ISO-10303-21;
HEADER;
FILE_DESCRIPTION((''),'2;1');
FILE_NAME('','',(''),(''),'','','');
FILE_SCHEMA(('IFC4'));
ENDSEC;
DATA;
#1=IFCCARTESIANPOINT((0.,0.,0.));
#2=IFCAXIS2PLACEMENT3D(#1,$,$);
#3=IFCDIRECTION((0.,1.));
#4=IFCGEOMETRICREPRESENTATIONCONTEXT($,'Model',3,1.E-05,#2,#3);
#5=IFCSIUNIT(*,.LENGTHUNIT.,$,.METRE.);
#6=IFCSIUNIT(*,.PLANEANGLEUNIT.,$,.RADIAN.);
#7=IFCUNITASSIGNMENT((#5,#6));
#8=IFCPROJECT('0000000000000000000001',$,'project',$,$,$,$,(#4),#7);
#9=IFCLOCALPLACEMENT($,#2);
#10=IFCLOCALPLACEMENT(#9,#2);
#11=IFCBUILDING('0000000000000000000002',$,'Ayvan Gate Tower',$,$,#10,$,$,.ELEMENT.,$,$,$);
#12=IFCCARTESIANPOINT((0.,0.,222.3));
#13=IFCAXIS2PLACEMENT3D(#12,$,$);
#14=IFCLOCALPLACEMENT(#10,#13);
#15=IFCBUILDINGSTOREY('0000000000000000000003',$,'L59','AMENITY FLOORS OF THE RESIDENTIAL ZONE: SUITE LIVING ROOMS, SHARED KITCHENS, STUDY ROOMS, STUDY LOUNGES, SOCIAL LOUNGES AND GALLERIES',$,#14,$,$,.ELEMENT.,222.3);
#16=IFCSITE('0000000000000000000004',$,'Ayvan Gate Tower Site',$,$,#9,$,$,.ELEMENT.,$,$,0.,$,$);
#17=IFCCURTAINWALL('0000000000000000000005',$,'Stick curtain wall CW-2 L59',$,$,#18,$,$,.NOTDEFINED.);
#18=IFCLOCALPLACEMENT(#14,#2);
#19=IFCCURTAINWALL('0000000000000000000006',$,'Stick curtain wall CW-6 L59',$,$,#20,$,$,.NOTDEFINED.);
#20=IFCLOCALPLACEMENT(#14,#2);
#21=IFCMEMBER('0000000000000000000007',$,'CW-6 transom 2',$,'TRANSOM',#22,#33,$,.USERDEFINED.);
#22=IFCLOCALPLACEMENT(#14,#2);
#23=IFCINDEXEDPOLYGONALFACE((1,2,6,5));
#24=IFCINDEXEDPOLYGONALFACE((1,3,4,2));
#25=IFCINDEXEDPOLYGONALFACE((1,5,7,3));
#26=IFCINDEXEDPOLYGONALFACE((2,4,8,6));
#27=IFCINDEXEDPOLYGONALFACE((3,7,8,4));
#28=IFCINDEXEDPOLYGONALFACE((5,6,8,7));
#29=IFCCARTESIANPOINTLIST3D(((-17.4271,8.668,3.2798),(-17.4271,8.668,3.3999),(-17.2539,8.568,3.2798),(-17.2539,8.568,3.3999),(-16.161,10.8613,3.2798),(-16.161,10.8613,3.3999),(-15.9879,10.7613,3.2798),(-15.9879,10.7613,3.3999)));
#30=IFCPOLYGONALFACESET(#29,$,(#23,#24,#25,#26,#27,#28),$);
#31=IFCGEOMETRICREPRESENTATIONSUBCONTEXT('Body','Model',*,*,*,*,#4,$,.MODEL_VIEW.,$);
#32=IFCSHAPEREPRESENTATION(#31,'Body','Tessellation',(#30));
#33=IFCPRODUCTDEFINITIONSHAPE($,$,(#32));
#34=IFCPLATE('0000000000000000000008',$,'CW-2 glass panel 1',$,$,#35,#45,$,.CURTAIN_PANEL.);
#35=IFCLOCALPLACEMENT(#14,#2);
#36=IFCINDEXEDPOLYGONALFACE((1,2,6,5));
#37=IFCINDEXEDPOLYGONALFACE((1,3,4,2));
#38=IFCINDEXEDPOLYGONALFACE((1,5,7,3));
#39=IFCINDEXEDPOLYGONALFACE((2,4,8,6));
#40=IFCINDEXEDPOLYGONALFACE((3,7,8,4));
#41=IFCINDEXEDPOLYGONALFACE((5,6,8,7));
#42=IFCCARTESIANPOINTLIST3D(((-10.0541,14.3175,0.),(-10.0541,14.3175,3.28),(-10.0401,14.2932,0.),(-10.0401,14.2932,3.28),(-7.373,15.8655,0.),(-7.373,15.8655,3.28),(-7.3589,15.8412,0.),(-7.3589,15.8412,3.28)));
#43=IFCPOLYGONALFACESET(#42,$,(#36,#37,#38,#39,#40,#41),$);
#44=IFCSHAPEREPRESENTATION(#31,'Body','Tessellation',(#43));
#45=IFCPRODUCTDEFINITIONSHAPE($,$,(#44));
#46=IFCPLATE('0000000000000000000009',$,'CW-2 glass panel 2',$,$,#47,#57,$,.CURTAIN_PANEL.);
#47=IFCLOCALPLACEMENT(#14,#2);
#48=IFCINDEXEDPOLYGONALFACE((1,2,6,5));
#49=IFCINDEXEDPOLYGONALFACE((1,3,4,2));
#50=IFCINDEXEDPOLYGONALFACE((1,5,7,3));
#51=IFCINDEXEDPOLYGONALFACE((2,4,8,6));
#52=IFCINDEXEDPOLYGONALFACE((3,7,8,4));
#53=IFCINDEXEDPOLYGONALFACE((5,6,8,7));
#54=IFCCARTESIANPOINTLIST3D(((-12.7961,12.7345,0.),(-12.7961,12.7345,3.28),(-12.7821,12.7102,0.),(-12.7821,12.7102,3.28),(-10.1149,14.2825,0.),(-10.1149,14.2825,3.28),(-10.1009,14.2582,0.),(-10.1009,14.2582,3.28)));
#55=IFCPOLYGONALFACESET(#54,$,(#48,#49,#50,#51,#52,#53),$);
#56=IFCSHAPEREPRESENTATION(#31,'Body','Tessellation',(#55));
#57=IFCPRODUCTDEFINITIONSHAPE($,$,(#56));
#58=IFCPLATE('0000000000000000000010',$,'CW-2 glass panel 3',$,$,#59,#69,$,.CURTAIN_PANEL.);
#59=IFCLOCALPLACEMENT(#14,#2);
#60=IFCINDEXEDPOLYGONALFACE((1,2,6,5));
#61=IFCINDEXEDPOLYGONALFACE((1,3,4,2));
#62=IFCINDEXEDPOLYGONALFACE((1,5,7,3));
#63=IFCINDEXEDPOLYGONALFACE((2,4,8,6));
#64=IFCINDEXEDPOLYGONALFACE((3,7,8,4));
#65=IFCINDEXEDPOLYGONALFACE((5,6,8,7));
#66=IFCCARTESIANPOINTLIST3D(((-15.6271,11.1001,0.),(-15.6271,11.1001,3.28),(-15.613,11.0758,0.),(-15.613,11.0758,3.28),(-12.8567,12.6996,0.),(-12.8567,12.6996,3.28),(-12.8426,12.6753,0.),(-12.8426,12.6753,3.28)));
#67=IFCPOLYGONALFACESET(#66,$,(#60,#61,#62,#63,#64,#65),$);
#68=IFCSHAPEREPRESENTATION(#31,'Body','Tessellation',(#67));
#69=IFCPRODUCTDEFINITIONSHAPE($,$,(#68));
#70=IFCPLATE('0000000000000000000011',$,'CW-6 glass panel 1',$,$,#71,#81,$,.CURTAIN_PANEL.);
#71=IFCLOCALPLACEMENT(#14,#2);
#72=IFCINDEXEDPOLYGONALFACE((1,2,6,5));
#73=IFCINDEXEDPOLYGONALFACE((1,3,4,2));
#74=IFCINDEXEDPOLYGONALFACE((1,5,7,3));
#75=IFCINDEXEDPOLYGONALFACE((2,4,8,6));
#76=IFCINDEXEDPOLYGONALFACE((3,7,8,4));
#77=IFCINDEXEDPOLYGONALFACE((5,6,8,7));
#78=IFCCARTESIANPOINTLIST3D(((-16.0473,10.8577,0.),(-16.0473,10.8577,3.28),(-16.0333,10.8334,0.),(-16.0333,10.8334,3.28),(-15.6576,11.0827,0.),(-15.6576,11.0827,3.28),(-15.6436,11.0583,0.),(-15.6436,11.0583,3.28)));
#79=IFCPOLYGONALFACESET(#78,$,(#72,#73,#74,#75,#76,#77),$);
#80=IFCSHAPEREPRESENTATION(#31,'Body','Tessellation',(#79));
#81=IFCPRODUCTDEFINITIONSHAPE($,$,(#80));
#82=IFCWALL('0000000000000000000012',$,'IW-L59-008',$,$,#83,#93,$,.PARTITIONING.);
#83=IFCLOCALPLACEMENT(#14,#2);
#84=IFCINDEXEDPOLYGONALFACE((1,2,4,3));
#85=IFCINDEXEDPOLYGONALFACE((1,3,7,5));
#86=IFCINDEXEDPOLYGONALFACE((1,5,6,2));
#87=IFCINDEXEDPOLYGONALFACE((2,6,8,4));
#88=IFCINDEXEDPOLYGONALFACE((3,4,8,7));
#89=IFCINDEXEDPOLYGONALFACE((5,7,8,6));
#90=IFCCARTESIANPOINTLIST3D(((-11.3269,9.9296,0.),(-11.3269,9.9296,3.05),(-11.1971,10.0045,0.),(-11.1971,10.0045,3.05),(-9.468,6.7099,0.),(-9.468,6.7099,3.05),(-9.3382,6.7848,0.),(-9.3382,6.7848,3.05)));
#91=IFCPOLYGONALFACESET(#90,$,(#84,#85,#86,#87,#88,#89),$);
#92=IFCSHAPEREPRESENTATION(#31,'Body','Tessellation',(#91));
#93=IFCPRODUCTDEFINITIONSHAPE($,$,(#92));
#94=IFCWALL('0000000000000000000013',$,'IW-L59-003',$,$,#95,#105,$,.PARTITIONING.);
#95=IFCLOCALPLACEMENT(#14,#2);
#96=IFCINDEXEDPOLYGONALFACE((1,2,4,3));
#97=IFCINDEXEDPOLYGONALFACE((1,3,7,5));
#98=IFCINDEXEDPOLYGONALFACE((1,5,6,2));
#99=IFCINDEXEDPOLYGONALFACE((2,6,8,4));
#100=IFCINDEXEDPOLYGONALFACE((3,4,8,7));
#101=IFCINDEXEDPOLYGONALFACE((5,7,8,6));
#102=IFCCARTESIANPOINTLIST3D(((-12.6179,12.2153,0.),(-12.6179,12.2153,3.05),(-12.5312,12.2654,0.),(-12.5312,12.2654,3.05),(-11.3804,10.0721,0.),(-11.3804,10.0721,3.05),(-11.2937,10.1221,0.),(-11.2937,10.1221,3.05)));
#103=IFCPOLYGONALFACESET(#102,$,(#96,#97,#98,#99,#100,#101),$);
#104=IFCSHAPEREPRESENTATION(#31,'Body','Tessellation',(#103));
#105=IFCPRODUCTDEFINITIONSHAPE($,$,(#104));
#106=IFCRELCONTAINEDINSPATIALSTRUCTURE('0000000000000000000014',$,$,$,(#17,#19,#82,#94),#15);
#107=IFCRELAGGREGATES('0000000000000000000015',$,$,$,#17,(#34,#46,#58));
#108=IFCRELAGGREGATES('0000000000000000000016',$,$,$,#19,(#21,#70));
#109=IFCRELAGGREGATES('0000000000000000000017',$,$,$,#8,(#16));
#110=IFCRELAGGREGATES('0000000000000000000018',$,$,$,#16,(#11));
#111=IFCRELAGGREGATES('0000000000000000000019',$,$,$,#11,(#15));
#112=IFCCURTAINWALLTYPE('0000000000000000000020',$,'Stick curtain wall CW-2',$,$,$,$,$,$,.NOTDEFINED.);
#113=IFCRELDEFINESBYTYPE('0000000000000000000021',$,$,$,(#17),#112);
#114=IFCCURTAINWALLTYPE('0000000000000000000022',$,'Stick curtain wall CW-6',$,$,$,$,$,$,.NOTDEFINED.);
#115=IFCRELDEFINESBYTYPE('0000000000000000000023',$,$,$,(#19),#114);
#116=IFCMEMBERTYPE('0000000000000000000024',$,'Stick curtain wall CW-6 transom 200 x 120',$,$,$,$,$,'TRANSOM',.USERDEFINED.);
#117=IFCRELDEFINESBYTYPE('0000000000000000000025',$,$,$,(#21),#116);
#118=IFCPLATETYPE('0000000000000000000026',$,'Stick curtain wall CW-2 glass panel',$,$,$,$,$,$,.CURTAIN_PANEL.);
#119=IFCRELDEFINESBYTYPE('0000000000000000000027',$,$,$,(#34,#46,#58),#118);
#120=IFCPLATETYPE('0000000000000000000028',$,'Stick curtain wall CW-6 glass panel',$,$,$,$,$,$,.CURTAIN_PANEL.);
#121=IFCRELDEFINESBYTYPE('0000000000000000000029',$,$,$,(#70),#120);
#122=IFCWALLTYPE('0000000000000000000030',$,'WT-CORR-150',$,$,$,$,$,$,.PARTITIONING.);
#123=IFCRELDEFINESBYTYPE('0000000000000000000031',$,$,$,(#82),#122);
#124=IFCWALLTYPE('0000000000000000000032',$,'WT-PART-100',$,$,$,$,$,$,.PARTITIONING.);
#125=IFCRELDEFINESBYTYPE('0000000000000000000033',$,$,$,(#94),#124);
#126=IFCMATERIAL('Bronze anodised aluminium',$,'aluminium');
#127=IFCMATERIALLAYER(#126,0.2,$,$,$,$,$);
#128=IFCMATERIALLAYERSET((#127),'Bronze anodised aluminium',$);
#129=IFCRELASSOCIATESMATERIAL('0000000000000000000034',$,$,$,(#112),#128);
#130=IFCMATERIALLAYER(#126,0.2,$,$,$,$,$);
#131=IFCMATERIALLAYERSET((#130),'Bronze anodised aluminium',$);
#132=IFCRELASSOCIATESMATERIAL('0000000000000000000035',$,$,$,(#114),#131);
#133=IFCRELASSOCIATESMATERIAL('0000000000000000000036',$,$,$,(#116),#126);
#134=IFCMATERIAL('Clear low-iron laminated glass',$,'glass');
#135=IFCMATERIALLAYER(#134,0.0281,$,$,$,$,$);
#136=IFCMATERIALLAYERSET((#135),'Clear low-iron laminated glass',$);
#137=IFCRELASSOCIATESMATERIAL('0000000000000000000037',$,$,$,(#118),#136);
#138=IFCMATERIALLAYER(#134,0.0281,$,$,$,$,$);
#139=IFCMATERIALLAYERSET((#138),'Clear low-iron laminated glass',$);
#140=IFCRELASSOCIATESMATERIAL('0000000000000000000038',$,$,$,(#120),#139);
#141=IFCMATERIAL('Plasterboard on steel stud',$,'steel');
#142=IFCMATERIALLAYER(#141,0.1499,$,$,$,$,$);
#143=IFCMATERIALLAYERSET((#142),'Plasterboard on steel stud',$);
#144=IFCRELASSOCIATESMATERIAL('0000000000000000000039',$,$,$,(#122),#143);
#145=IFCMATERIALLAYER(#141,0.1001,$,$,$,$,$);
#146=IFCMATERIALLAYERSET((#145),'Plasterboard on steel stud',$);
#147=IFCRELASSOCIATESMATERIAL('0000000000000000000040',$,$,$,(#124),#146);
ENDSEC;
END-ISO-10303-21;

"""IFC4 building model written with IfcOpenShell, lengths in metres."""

from ifc_helpers import new_model, si_unit, direction, frame, frame_2d, origin, origin_2d, place, context, subcontext, project, spatial, rectangle, extrude, material, layer, layer_set, material_profile, profile_set, type_object, element, aggregate, save


model = new_model("IFC4")

# Units and contexts
model_context = context("Model", 3, precision=1e-05, world=origin(), true_north=direction((0.0, 1.0)))
body_context = subcontext(model_context, "Body", "Model", "MODEL_VIEW")
ifc_project = project(units=[si_unit("LENGTHUNIT", "METRE"), si_unit("PLANEANGLEUNIT", "RADIAN")], contexts=[model_context])

# Site, building, storey
site_placement = place(None, origin())
site = spatial("IfcSite", under=ifc_project, at=site_placement, Name="Ayvan Gate Tower Site", CompositionType="ELEMENT", RefElevation=0.0)
building_placement = place(site_placement, origin())
building = spatial("IfcBuilding", under=site, at=building_placement, Name="Ayvan Gate Tower", CompositionType="ELEMENT")
storey_placement = place(building_placement, frame((0.0, 0.0, 222.3)))
storey = spatial("IfcBuildingStorey", under=building, at=storey_placement, Name="L59", Description="AMENITY FLOORS OF THE RESIDENTIAL ZONE: SUITE LIVING ROOMS, SHARED KITCHENS, STUDY ROOMS, STUDY LOUNGES, SOCIAL LOUNGES AND GALLERIES", CompositionType="ELEMENT", Elevation=222.3)

# Curtain walls, member
ifc_material_1 = material(Name="Bronze anodised aluminium", Category="aluminium")
ifc_layer_1 = layer(ifc_material_1, 0.2)
ifc_layer_set_1 = layer_set([ifc_layer_1], Name="Bronze anodised aluminium")
curtain_wall_type_1 = type_object("IfcCurtainWallType", Name="Stick curtain wall CW-2", PredefinedType="NOTDEFINED", material=ifc_layer_set_1)
curtain_wall_1_placement = place(storey_placement, origin())
curtain_wall_1 = element("IfcCurtainWall", 1, at=curtain_wall_1_placement, inside=storey, type_object=curtain_wall_type_1, Name="Stick curtain wall CW-2 L59", PredefinedType="NOTDEFINED")
ifc_layer_2 = layer(ifc_material_1, 0.2)
ifc_layer_set_2 = layer_set([ifc_layer_2], Name="Bronze anodised aluminium")
curtain_wall_type_2 = type_object("IfcCurtainWallType", Name="Stick curtain wall CW-6", PredefinedType="NOTDEFINED", material=ifc_layer_set_2)
curtain_wall_2_placement = place(storey_placement, origin())
curtain_wall_2 = element("IfcCurtainWall", 2, at=curtain_wall_2_placement, inside=storey, type_object=curtain_wall_type_2, Name="Stick curtain wall CW-6 L59", PredefinedType="NOTDEFINED")
ifc_material_profile_1 = material_profile(ifc_material_1, rectangle(XDim=0.2, YDim=0.1201, at=origin_2d()), Name="Stick curtain wall CW-6 transom 200 x 120")
ifc_profile_set_1 = profile_set([ifc_material_profile_1], Name="Bronze anodised aluminium")
member_type_1 = type_object("IfcMemberType", Name="Stick curtain wall CW-6 transom 200 x 120", ElementType="TRANSOM", PredefinedType="USERDEFINED", material=ifc_profile_set_1)
member_1_placement = place(storey_placement, frame((-16.0745, 10.8113, 3.3398), z_axis=(-0.499934, -0.866064, 0.0), x_axis=(0.866064, -0.499934, 0.0)))
member_1 = element("IfcMember", 3, at=member_1_placement, type_object=member_type_1, Name="CW-6 transom 2", ObjectType="TRANSOM", PredefinedType="USERDEFINED", context=body_context, shape_type="SweptSolid", body=[
    extrude(rectangle(XDim=0.2, YDim=0.1201, at=origin_2d()), origin(), (0.0, 0.0, 1.0), 2.5325),
])

# Plates
ifc_material_2 = material(Name="Clear low-iron laminated glass", Category="glass")
ifc_layer_3 = layer(ifc_material_2, 0.0281)
ifc_layer_set_3 = layer_set([ifc_layer_3], Name="Clear low-iron laminated glass")
plate_type_1 = type_object("IfcPlateType", Name="Stick curtain wall CW-2 glass panel", PredefinedType="CURTAIN_PANEL", material=ifc_layer_set_3)
plate_1_placement = place(storey_placement, frame((-8.7065, 15.0793, 0.0), z_axis=(0.0, 0.0, 1.0), x_axis=(-0.866025, -0.5, 0.0)))
plate_1 = element("IfcPlate", 4, at=plate_1_placement, type_object=plate_type_1, Name="CW-2 glass panel 1", PredefinedType="CURTAIN_PANEL", context=body_context, shape_type="SweptSolid", body=[
    extrude(rectangle(XDim=3.0959, YDim=0.0281, at=origin_2d()), origin(), (0.0, 0.0, 1.0), 3.28),
])
plate_2_placement = place(storey_placement, frame((-11.4485, 13.4963, 0.0), z_axis=(0.0, 0.0, 1.0), x_axis=(-0.866025, -0.5, 0.0)))
plate_2 = element("IfcPlate", 5, at=plate_2_placement, type_object=plate_type_1, Name="CW-2 glass panel 2", PredefinedType="CURTAIN_PANEL", context=body_context, shape_type="SweptSolid", body=[
    extrude(rectangle(XDim=3.0959, YDim=0.0281, at=origin_2d()), origin(), (0.0, 0.0, 1.0), 3.28),
])
plate_3_placement = place(storey_placement, frame((-14.2349, 11.8877, 0.0), z_axis=(0.0, 0.0, 1.0), x_axis=(-0.866025, -0.5, 0.0)))
plate_3 = element("IfcPlate", 6, at=plate_3_placement, type_object=plate_type_1, Name="CW-2 glass panel 3", PredefinedType="CURTAIN_PANEL", context=body_context, shape_type="SweptSolid", body=[
    extrude(rectangle(XDim=3.199, YDim=0.0281, at=origin_2d()), origin(), (0.0, 0.0, 1.0), 3.28),
])
aggregate(curtain_wall_1, [plate_1, plate_2, plate_3])
ifc_layer_4 = layer(ifc_material_2, 0.0281)
ifc_layer_set_4 = layer_set([ifc_layer_4], Name="Clear low-iron laminated glass")
plate_type_2 = type_object("IfcPlateType", Name="Stick curtain wall CW-6 glass panel", PredefinedType="CURTAIN_PANEL", material=ifc_layer_set_4)
plate_4_placement = place(storey_placement, frame((-15.8455, 10.958, 0.0), z_axis=(0.0, 0.0, 1.0), x_axis=(-0.866025, -0.5, 0.0)))
plate_4 = element("IfcPlate", 7, at=plate_4_placement, type_object=plate_type_2, Name="CW-6 glass panel 1", PredefinedType="CURTAIN_PANEL", context=body_context, shape_type="SweptSolid", body=[
    extrude(rectangle(XDim=0.45, YDim=0.0281, at=origin_2d()), origin(), (0.0, 0.0, 1.0), 3.28),
])
aggregate(curtain_wall_2, [member_1, plate_4])

# Walls
ifc_material_3 = material(Name="Plasterboard on steel stud", Category="steel")
ifc_layer_5 = layer(ifc_material_3, 0.1499)
ifc_layer_set_5 = layer_set([ifc_layer_5], Name="Plasterboard on steel stud")
wall_type_1 = type_object("IfcWallType", Name="WT-CORR-150", PredefinedType="PARTITIONING", material=ifc_layer_set_5)
wall_1_placement = place(storey_placement, frame((-11.262, 9.967, 0.0), z_axis=(0.0, 0.0, 1.0), x_axis=(0.499995, -0.866028, 0.0)))
element("IfcWall", 8, at=wall_1_placement, inside=storey, type_object=wall_type_1, Name="IW-L59-008", PredefinedType="PARTITIONING", context=body_context, shape_type="SweptSolid", body=[
    extrude(rectangle(XDim=3.7178, YDim=0.1499, at=frame_2d((1.8589, 0.0))), origin(), (0.0, 0.0, 1.0), 3.05),
])
ifc_layer_6 = layer(ifc_material_3, 0.1001)
ifc_layer_set_6 = layer_set([ifc_layer_6], Name="Plasterboard on steel stud")
wall_type_2 = type_object("IfcWallType", Name="WT-PART-100", PredefinedType="PARTITIONING", material=ifc_layer_set_6)
wall_2_placement = place(storey_placement, frame((-12.5745, 12.2402, 0.0), z_axis=(0.0, 0.0, 1.0), x_axis=(0.500033, -0.866007, 0.0)))
element("IfcWall", 9, at=wall_2_placement, inside=storey, type_object=wall_type_2, Name="IW-L59-003", PredefinedType="PARTITIONING", context=body_context, shape_type="SweptSolid", body=[
    extrude(rectangle(XDim=2.4749, YDim=0.1001, at=frame_2d((1.2373, 0.0))), origin(), (0.0, 0.0, 1.0), 3.05),
])

save(model, "model.ifc")
